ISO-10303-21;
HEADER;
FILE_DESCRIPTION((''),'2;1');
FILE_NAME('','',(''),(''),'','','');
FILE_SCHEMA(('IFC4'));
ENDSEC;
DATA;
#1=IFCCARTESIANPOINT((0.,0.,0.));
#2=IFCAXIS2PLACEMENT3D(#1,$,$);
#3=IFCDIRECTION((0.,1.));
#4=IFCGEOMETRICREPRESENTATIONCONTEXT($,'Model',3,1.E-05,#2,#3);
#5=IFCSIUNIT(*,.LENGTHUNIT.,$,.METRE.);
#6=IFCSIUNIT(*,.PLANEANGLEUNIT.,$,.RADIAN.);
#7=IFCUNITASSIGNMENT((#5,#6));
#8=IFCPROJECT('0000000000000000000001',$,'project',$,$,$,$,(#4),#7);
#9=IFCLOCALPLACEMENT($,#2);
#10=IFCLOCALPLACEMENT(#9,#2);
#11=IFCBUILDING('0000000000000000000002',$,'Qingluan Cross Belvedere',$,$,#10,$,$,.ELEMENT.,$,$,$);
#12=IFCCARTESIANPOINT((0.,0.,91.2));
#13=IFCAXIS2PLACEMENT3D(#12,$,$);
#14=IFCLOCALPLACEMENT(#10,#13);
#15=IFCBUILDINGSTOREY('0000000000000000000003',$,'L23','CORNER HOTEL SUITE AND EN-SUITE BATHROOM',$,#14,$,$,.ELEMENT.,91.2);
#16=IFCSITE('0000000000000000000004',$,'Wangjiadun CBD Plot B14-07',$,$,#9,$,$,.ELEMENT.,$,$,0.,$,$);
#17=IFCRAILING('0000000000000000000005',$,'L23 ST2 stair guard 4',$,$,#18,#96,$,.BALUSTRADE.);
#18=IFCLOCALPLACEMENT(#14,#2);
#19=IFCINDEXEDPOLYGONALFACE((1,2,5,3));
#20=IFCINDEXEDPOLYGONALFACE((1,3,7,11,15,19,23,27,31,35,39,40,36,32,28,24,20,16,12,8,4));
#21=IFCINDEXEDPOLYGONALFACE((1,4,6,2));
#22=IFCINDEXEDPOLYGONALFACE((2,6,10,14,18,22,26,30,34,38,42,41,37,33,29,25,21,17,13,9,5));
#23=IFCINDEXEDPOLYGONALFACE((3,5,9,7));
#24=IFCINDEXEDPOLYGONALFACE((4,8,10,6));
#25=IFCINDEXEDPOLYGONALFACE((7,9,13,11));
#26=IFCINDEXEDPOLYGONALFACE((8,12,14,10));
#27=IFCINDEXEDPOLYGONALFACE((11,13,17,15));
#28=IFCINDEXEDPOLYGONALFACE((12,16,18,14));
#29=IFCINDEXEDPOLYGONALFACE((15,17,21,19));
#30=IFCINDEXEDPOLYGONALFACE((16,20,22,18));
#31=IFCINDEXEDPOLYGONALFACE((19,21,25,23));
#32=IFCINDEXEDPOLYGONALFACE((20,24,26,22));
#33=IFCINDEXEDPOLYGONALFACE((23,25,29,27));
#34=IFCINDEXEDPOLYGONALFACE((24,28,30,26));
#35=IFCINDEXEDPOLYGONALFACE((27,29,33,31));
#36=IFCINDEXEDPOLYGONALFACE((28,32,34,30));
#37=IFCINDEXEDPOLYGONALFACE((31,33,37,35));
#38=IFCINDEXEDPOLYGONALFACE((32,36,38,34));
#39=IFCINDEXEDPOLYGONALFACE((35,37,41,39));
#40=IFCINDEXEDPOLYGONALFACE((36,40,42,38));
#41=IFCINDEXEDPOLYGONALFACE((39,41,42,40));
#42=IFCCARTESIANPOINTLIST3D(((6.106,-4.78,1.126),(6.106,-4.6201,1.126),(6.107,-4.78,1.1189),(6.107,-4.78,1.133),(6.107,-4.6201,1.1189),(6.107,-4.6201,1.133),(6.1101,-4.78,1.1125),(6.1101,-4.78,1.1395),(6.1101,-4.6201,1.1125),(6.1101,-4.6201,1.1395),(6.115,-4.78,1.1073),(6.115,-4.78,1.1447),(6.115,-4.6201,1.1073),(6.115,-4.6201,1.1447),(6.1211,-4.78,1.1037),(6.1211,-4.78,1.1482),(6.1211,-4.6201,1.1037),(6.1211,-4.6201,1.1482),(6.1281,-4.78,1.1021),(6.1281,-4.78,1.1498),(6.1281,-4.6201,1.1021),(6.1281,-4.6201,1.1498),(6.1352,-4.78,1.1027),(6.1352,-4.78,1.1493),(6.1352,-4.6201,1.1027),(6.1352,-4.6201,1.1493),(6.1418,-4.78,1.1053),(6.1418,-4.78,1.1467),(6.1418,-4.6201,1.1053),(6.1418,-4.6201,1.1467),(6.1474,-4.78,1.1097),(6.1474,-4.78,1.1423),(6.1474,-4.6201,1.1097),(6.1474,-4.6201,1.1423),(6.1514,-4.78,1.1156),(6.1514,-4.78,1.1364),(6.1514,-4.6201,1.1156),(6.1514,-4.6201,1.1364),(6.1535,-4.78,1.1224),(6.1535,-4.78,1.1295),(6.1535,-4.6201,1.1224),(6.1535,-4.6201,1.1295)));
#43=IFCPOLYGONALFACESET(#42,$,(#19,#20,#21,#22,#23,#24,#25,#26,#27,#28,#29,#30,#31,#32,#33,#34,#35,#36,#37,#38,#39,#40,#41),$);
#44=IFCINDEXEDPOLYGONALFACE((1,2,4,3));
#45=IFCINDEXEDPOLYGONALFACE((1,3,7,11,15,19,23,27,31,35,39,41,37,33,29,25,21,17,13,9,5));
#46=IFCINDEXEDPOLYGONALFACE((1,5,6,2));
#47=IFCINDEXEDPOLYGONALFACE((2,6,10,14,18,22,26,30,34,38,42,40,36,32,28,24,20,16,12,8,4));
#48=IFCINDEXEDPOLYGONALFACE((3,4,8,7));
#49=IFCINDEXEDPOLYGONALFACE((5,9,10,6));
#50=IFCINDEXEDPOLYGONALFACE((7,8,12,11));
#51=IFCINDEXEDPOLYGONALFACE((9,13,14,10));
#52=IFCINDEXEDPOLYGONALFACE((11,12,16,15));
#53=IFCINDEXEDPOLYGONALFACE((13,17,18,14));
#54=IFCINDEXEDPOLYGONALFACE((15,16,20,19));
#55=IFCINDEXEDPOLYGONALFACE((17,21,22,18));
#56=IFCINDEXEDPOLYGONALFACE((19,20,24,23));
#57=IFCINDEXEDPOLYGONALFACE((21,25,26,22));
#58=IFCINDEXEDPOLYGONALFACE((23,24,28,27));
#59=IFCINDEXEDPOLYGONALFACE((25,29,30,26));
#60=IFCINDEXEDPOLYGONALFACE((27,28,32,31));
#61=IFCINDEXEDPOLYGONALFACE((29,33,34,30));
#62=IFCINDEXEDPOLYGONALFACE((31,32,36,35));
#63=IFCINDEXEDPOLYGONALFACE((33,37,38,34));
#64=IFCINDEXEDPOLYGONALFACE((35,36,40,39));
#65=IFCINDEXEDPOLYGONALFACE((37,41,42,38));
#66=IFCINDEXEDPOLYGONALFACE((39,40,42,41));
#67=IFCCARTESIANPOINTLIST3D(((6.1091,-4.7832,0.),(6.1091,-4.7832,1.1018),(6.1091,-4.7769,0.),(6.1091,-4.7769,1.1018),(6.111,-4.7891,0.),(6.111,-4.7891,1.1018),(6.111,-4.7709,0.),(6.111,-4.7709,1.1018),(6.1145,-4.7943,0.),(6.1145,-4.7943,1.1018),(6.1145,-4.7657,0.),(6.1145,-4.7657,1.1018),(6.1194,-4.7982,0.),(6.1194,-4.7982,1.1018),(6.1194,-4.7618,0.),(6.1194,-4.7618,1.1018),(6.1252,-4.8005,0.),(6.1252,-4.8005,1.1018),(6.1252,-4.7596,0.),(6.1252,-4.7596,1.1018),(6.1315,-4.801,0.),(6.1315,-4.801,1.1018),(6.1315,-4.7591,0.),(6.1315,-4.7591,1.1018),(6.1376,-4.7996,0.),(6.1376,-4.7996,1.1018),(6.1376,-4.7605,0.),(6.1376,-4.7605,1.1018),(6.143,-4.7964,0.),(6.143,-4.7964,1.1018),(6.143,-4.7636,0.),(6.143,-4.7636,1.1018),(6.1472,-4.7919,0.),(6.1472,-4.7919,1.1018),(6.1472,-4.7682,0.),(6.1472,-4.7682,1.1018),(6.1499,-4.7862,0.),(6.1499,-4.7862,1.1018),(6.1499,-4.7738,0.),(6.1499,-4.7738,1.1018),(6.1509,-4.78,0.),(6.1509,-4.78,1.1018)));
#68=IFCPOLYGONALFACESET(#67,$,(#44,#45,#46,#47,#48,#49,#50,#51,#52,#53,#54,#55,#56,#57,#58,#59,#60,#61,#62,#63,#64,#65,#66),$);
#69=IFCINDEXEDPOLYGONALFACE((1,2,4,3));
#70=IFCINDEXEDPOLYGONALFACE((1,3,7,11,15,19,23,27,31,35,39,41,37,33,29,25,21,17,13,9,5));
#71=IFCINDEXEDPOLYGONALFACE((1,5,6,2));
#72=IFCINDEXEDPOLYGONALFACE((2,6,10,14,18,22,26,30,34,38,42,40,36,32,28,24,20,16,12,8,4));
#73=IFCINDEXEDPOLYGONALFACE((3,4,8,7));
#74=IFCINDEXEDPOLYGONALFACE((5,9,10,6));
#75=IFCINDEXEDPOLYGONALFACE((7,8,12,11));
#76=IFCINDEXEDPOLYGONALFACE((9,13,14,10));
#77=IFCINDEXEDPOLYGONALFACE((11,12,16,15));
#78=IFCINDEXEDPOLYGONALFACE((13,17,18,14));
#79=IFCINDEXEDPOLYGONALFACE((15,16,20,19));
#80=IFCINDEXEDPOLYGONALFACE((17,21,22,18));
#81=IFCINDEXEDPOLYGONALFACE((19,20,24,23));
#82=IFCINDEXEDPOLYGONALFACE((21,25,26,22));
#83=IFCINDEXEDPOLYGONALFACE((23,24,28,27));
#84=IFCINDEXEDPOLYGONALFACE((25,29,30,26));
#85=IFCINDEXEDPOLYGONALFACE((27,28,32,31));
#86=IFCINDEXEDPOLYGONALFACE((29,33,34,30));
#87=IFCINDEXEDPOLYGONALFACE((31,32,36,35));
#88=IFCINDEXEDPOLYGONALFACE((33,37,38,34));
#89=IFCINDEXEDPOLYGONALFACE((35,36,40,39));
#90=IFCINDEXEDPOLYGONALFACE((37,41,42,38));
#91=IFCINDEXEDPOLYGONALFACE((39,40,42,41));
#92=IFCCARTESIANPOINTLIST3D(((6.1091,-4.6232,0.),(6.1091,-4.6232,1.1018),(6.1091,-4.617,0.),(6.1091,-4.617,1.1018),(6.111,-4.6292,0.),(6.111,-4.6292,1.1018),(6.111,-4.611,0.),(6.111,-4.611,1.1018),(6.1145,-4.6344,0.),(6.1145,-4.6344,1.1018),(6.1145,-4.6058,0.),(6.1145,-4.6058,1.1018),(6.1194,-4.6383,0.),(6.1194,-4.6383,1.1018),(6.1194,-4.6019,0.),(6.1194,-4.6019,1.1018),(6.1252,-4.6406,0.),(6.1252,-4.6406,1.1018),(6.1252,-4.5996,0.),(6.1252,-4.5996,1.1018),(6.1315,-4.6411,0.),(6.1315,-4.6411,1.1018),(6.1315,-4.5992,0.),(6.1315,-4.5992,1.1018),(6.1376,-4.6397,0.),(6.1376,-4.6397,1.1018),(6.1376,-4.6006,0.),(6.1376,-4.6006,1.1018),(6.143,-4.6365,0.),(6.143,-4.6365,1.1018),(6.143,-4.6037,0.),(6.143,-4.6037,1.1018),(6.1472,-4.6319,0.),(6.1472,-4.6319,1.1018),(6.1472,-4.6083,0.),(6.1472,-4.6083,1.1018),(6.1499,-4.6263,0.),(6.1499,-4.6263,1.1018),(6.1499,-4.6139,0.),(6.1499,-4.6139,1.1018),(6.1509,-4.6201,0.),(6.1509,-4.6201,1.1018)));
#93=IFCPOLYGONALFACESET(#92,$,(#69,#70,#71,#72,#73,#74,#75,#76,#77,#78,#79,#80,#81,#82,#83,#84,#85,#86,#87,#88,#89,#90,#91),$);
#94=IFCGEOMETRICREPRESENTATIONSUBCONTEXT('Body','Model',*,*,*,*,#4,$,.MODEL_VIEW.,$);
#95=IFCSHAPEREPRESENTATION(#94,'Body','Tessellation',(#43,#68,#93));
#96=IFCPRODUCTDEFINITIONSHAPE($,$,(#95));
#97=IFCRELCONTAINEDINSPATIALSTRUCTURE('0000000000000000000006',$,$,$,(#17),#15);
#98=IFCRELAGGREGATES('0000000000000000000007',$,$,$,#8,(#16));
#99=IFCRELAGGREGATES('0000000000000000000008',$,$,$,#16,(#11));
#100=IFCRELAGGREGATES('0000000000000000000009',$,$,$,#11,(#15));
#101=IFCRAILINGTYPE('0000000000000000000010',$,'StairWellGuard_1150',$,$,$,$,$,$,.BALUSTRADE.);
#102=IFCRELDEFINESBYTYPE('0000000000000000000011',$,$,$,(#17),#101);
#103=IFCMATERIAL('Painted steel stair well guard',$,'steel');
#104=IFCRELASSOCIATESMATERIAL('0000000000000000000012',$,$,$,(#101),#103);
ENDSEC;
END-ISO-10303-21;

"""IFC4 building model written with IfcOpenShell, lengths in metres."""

from ifc_helpers import new_model, si_unit, direction, frame, origin, origin_2d, place, context, subcontext, project, spatial, circle, extrude, material, type_object, element, save


model = new_model("IFC4")

# Units and contexts
model_context = context("Model", 3, precision=1e-05, world=origin(), true_north=direction((0.0, 1.0)))
body_context = subcontext(model_context, "Body", "Model", "MODEL_VIEW")
ifc_project = project(units=[si_unit("LENGTHUNIT", "METRE"), si_unit("PLANEANGLEUNIT", "RADIAN")], contexts=[model_context])

# Site, building, storey
site_placement = place(None, origin())
site = spatial("IfcSite", under=ifc_project, at=site_placement, Name="Wangjiadun CBD Plot B14-07", CompositionType="ELEMENT", RefElevation=0.0)
building_placement = place(site_placement, origin())
building = spatial("IfcBuilding", under=site, at=building_placement, Name="Qingluan Cross Belvedere", CompositionType="ELEMENT")
storey_placement = place(building_placement, frame((0.0, 0.0, 91.2)))
storey = spatial("IfcBuildingStorey", under=building, at=storey_placement, Name="L23", Description="CORNER HOTEL SUITE AND EN-SUITE BATHROOM", CompositionType="ELEMENT", Elevation=91.2)

# Railing
ifc_material_1 = material(Name="Painted steel stair well guard", Category="steel")
railing_type_1 = type_object("IfcRailingType", Name="StairWellGuard_1150", PredefinedType="BALUSTRADE", material=ifc_material_1)
railing_1_placement = place(storey_placement, frame((6.1299, -4.78, 0.0)))
element("IfcRailing", 1, at=railing_1_placement, inside=storey, type_object=railing_type_1, Name="L23 ST2 stair guard 4", PredefinedType="BALUSTRADE", context=body_context, shape_type="SweptSolid", body=[
    extrude(circle(Radius=0.0239, at=origin_2d()), frame((0.0, 0.0, 1.126), z_axis=(0.0, 1.0, 0.0), x_axis=(-1.0, 0.0, 0.0)), (0.0, 0.0, 1.0), 0.1599),
    extrude(circle(Radius=0.021, at=origin_2d()), origin(), (0.0, 0.0, 1.0), 1.1018),
    extrude(circle(Radius=0.021, at=origin_2d()), frame((0.0, 0.1599, 0.0)), (0.0, 0.0, 1.0), 1.1018),
])

save(model, "model.ifc")
